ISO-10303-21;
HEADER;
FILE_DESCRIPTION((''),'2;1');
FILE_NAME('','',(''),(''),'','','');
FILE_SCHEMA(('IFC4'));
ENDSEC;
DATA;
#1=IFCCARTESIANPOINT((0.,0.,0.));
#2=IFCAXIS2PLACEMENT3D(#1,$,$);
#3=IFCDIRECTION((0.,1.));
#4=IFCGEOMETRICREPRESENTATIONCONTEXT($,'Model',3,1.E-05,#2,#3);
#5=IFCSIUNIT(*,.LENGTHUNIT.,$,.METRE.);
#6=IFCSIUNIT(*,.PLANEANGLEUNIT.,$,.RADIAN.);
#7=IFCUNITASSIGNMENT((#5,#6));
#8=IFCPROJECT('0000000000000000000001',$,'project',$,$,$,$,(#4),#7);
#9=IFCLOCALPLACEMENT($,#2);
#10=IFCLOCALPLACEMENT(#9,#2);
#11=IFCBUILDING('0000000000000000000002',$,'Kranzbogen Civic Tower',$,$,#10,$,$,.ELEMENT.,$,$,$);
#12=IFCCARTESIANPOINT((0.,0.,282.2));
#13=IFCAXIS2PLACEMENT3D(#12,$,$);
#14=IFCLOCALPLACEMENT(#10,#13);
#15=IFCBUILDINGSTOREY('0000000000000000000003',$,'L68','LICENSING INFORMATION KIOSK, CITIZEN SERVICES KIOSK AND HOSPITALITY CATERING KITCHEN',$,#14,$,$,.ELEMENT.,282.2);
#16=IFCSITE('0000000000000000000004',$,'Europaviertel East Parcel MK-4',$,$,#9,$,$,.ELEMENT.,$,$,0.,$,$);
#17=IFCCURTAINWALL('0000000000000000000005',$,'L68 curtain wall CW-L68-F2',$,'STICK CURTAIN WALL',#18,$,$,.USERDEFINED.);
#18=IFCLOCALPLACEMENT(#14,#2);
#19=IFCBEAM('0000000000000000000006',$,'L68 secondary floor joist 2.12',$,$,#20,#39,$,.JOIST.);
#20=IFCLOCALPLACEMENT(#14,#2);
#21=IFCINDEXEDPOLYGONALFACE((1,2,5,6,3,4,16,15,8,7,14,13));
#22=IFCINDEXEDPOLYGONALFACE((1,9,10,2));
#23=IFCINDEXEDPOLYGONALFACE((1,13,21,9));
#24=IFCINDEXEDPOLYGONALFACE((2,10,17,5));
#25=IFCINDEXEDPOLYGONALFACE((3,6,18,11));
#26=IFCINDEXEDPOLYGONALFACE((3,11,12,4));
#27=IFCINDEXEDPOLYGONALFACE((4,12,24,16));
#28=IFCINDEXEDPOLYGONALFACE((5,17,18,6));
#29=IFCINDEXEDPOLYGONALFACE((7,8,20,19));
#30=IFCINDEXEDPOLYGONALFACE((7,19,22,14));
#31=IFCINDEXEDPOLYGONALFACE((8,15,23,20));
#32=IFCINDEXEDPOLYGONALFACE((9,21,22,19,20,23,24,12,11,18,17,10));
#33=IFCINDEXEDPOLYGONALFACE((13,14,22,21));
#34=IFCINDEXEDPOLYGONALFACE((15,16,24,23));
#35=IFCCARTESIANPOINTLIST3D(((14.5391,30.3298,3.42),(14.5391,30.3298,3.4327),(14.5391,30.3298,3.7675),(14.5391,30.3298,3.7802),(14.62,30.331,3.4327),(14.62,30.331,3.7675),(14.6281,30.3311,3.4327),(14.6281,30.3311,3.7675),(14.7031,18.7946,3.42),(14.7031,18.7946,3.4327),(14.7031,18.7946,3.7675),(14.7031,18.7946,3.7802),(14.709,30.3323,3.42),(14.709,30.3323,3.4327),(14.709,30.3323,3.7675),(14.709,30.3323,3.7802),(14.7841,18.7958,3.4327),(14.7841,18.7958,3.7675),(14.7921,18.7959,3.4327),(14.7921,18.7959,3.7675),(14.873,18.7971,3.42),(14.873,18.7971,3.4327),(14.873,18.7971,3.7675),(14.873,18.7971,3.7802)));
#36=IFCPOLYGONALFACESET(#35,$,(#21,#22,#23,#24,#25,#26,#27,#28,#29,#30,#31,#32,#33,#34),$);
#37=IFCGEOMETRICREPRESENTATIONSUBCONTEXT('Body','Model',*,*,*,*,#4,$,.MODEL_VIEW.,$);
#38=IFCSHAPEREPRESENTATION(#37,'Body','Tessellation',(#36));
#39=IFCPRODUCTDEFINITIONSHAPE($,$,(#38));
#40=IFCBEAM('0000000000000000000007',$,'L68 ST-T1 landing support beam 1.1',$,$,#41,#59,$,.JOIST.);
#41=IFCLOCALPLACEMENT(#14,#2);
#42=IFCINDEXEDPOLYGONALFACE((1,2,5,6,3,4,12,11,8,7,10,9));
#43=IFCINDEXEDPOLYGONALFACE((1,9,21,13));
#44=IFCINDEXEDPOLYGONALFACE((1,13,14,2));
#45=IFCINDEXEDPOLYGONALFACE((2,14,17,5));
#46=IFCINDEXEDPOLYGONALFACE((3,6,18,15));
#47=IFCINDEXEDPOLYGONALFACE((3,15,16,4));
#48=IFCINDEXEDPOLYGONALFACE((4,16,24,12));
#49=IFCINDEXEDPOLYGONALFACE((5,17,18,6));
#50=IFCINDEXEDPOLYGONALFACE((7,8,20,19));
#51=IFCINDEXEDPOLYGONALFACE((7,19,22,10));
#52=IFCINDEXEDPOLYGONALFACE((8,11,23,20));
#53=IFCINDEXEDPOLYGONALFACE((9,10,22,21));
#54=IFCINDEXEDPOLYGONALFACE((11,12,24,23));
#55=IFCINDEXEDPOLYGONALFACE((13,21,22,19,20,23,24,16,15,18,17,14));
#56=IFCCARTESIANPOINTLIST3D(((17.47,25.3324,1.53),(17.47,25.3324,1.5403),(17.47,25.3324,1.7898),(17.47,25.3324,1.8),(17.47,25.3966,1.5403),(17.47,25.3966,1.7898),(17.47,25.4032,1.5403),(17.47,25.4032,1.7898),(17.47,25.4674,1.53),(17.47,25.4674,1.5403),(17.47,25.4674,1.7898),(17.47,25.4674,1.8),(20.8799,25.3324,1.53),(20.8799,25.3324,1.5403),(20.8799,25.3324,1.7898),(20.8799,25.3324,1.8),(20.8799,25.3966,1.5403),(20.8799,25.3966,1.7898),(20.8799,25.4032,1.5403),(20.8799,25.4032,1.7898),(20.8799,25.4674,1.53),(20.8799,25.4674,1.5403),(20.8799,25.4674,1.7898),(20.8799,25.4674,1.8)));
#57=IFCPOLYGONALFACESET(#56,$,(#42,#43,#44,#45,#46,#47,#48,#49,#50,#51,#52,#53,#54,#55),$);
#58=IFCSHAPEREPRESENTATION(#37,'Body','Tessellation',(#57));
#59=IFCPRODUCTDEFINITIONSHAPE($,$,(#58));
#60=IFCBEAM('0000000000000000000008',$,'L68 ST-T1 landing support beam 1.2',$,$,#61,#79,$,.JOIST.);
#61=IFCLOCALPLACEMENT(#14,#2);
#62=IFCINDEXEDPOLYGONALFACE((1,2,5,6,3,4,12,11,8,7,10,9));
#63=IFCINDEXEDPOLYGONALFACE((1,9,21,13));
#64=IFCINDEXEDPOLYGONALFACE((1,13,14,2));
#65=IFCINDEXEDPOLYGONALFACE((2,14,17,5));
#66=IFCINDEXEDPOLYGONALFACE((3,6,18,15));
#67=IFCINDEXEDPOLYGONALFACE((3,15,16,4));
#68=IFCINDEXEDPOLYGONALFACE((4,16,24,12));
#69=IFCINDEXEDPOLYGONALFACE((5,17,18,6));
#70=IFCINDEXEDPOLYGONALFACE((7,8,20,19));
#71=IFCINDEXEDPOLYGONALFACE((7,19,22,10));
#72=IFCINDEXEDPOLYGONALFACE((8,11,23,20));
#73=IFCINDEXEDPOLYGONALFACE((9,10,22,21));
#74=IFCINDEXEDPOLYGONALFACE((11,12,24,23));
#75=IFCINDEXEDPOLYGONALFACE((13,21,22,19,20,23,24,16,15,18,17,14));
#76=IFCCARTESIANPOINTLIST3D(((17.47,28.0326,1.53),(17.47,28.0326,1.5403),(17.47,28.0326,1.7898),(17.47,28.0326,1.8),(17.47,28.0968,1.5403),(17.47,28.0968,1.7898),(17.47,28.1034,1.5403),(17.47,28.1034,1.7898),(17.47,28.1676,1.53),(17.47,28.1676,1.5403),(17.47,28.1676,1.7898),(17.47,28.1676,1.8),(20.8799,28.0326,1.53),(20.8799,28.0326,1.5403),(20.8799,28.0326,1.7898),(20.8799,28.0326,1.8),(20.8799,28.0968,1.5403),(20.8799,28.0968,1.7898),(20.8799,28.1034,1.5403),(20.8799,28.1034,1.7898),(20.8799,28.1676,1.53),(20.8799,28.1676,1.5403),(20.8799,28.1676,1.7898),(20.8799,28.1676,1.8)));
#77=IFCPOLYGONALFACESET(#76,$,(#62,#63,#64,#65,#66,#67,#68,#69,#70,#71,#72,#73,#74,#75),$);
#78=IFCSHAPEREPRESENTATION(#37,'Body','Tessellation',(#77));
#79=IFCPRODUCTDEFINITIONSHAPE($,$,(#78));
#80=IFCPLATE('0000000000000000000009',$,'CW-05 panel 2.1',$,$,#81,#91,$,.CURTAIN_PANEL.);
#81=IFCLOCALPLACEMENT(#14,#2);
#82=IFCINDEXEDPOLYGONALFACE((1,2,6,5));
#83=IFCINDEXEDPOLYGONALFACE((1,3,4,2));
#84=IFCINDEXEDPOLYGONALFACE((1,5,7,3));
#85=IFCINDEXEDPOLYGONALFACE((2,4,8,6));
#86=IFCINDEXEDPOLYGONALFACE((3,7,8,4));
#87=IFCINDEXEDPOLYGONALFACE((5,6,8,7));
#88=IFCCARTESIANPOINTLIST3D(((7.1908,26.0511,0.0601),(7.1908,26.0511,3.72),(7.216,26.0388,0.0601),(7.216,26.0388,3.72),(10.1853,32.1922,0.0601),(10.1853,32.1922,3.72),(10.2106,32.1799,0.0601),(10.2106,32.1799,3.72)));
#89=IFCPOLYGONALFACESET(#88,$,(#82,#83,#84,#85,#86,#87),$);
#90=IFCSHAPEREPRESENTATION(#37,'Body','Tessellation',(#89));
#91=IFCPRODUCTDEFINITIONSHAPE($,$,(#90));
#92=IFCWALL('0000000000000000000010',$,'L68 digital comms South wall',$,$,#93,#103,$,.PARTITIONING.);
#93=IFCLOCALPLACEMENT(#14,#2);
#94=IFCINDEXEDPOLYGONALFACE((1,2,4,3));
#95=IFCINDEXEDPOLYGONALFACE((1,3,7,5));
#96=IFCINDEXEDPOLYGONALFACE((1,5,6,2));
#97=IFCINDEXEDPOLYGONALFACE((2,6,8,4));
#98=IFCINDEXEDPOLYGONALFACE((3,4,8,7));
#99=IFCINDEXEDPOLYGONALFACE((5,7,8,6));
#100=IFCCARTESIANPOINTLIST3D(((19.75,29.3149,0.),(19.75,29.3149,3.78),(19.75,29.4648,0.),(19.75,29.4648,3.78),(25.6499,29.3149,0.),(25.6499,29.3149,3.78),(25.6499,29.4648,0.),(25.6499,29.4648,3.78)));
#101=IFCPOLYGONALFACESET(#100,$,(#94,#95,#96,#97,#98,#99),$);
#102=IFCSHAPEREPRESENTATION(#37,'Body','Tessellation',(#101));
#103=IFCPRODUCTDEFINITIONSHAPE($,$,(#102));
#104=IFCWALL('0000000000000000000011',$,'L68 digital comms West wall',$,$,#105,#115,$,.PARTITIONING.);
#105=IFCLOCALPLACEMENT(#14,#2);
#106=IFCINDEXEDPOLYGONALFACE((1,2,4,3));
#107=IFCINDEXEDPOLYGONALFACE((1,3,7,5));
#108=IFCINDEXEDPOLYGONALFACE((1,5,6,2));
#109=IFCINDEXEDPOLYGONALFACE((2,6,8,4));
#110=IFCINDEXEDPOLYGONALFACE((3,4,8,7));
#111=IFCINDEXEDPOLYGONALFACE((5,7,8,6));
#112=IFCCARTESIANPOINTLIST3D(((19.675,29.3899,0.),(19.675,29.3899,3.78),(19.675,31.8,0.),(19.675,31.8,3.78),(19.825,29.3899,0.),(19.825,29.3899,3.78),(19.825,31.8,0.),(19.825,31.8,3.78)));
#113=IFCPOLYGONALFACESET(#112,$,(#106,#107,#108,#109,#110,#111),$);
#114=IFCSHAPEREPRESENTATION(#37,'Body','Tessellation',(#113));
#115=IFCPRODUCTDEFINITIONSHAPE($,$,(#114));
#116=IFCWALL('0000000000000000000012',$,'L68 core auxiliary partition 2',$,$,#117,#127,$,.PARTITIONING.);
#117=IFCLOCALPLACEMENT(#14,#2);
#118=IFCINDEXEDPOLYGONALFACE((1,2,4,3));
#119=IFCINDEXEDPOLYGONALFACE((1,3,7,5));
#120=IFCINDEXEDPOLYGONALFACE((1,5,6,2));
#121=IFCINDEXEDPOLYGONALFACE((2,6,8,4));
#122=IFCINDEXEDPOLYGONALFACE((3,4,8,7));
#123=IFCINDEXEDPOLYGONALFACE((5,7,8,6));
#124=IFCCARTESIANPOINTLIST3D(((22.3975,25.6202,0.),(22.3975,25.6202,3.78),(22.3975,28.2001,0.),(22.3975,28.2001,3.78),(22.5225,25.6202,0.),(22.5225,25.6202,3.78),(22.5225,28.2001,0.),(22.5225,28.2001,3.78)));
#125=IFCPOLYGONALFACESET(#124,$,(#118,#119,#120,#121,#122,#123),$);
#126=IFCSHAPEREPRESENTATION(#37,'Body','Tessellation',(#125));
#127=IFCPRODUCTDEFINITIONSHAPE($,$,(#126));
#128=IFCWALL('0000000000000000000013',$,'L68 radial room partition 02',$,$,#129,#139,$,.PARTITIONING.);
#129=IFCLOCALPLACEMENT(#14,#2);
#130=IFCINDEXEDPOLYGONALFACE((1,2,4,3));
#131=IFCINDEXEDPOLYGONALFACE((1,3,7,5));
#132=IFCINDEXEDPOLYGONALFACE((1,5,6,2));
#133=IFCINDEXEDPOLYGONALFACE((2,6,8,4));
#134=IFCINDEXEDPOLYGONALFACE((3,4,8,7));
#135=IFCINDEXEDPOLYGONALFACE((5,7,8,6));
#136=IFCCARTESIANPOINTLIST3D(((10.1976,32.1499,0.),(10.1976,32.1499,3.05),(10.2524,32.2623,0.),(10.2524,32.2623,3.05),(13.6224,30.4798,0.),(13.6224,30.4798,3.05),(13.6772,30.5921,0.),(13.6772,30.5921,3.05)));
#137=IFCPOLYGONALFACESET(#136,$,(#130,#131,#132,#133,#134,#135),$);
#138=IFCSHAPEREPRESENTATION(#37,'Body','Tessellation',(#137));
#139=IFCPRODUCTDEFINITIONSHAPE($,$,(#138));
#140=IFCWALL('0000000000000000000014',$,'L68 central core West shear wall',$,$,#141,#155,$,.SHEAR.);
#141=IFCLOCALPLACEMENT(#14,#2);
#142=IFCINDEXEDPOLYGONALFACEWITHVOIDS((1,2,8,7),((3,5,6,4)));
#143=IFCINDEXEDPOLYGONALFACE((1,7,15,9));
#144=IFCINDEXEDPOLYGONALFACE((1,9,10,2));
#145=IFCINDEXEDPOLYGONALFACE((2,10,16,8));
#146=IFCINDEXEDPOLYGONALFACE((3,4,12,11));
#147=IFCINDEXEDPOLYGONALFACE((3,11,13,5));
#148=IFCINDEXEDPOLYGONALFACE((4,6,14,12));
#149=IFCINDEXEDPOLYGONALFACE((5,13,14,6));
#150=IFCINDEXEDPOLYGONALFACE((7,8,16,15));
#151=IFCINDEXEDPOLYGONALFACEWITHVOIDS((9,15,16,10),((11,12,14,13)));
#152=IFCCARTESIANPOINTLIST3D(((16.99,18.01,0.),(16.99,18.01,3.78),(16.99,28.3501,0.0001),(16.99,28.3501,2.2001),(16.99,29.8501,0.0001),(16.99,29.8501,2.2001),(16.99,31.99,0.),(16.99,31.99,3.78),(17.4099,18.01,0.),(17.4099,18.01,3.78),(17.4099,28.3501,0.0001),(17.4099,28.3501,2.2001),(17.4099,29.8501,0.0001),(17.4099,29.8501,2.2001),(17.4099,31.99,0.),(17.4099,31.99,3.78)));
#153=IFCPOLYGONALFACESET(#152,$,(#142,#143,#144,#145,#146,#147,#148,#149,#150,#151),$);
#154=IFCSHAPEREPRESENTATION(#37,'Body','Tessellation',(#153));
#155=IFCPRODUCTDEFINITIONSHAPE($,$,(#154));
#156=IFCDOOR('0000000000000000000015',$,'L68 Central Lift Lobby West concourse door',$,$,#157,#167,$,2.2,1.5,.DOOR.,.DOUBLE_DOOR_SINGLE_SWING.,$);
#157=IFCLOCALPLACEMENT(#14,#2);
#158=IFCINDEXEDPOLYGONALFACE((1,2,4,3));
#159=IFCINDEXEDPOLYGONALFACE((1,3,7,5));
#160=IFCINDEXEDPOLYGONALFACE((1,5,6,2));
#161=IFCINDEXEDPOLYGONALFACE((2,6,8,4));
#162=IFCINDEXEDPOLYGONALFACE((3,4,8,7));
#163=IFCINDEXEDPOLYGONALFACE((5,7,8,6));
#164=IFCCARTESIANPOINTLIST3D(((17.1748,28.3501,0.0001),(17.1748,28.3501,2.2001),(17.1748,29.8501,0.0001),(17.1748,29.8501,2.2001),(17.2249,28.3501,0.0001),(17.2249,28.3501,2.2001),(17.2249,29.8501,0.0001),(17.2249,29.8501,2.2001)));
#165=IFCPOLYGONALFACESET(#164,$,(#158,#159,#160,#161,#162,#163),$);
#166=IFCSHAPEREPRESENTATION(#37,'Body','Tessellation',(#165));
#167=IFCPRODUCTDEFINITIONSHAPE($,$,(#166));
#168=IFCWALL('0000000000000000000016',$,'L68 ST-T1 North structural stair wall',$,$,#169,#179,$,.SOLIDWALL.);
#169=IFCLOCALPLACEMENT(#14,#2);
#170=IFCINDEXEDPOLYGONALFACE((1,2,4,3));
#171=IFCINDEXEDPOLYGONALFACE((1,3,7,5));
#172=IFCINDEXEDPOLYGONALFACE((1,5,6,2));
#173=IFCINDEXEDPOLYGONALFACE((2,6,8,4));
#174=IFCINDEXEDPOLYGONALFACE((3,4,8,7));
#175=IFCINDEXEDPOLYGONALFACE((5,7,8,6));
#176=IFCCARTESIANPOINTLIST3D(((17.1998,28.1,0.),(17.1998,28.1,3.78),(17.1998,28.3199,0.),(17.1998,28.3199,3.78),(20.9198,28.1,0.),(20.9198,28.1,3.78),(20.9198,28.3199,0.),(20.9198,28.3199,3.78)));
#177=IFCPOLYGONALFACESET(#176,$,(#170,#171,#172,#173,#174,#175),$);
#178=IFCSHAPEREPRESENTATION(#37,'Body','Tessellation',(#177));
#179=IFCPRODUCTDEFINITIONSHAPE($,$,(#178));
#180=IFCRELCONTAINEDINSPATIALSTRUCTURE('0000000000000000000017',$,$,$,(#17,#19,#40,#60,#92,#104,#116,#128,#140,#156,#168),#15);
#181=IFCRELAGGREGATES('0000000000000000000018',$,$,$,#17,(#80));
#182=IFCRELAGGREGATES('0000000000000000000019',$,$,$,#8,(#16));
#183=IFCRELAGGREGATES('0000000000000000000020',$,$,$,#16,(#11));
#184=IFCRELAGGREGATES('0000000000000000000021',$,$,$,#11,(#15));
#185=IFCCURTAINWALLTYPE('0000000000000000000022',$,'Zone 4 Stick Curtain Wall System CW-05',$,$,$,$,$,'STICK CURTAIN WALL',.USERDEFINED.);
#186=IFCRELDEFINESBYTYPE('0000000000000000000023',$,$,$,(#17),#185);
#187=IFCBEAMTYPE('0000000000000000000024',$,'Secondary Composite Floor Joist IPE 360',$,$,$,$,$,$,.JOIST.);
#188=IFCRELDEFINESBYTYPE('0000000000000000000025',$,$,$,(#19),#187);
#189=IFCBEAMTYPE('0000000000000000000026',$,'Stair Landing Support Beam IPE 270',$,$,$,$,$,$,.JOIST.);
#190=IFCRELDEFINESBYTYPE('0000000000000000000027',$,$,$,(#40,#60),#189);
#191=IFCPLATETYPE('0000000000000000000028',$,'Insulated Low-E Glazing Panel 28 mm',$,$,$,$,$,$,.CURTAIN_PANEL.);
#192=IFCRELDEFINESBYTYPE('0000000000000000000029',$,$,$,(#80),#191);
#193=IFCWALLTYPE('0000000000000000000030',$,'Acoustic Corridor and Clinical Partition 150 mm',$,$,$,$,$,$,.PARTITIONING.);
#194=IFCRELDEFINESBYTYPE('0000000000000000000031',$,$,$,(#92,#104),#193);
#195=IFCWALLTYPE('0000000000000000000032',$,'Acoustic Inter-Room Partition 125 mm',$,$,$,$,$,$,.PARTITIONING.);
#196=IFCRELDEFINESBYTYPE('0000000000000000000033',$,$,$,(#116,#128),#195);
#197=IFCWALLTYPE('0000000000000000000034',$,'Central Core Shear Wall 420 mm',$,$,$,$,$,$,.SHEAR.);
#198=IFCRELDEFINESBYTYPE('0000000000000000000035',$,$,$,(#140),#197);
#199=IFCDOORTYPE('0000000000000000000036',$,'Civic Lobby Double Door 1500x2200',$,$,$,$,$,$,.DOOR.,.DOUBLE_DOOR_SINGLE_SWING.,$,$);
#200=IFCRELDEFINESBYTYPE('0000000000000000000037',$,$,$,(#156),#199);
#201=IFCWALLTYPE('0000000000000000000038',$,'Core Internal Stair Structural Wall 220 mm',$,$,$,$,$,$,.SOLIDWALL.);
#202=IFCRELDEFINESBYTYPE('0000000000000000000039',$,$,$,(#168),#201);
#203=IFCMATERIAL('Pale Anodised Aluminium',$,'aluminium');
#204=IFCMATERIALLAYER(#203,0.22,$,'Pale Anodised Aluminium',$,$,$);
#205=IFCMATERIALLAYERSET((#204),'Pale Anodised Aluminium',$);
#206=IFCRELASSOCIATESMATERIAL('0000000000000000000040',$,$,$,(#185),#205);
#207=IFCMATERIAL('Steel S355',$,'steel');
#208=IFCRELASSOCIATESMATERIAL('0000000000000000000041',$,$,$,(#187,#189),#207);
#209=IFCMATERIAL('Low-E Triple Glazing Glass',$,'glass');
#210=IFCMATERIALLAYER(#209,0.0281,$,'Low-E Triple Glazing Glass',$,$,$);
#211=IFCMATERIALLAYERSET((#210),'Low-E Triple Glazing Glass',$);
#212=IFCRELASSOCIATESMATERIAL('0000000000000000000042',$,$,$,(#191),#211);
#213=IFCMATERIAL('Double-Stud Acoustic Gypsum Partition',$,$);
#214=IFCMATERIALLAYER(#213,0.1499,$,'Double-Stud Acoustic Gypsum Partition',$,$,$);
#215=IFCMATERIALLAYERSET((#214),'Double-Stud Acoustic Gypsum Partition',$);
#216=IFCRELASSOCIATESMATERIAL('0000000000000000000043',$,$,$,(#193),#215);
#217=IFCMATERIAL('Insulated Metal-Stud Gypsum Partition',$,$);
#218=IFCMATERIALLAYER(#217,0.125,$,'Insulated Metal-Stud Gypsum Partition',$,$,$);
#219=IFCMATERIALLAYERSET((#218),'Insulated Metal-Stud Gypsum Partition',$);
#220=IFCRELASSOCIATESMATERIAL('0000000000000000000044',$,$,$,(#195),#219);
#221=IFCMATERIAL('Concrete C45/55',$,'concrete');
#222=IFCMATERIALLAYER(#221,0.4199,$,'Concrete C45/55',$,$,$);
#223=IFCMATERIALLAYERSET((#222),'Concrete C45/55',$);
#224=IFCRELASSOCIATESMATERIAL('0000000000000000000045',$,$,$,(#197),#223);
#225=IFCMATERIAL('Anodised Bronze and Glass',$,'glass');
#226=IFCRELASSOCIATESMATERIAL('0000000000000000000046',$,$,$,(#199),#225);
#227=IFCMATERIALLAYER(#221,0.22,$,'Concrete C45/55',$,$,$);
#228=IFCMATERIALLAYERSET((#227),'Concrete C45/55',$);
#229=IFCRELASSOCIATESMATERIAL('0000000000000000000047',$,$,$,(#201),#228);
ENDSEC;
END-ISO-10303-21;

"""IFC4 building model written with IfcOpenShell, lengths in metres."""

from ifc_helpers import new_model, si_unit, direction, frame, frame_2d, origin, origin_2d, place, context, subcontext, project, spatial, rectangle, i_section, extrude, material, layer, layer_set, material_profile, profile_set, type_object, element, fill, aggregate, save


model = new_model("IFC4")

# Units and contexts
model_context = context("Model", 3, precision=1e-05, world=origin(), true_north=direction((0.0, 1.0)))
body_context = subcontext(model_context, "Body", "Model", "MODEL_VIEW")
ifc_project = project(units=[si_unit("LENGTHUNIT", "METRE"), si_unit("PLANEANGLEUNIT", "RADIAN")], contexts=[model_context])

# Site, building, storey
site_placement = place(None, origin())
site = spatial("IfcSite", under=ifc_project, at=site_placement, Name="Europaviertel East Parcel MK-4", CompositionType="ELEMENT", RefElevation=0.0)
building_placement = place(site_placement, origin())
building = spatial("IfcBuilding", under=site, at=building_placement, Name="Kranzbogen Civic Tower", CompositionType="ELEMENT")
storey_placement = place(building_placement, frame((0.0, 0.0, 282.2)))
storey = spatial("IfcBuildingStorey", under=building, at=storey_placement, Name="L68", Description="LICENSING INFORMATION KIOSK, CITIZEN SERVICES KIOSK AND HOSPITALITY CATERING KITCHEN", CompositionType="ELEMENT", Elevation=282.2)

# Shared definitions
ifc_material_1 = material(Name="Steel S355", Category="steel")

# Curtain wall
ifc_material_2 = material(Name="Pale Anodised Aluminium", Category="aluminium")
ifc_layer_1 = layer(ifc_material_2, 0.22, Name="Pale Anodised Aluminium")
ifc_layer_set_1 = layer_set([ifc_layer_1], Name="Pale Anodised Aluminium")
curtain_wall_type = type_object("IfcCurtainWallType", Name="Zone 4 Stick Curtain Wall System CW-05", ElementType="STICK CURTAIN WALL", PredefinedType="USERDEFINED", material=ifc_layer_set_1)
curtain_wall_placement = place(storey_placement, origin())
curtain_wall = element("IfcCurtainWall", 1, at=curtain_wall_placement, inside=storey, type_object=curtain_wall_type, Name="L68 curtain wall CW-L68-F2", ObjectType="STICK CURTAIN WALL", PredefinedType="USERDEFINED")

# Beams
ifc_material_profile_1 = material_profile(ifc_material_1, i_section(OverallWidth=0.1699, OverallDepth=0.3601, WebThickness=0.0081, FlangeThickness=0.0127, at=origin_2d()), Name="IPE 360")
ifc_profile_set_1 = profile_set([ifc_material_profile_1], Name="Steel S355")
beam_type_1 = type_object("IfcBeamType", Name="Secondary Composite Floor Joist IPE 360", PredefinedType="JOIST", material=ifc_profile_set_1)
beam_1_placement = place(storey_placement, frame((14.624, 30.3311, 3.6001), z_axis=(0.014221, -0.999899, 0.0), x_axis=(0.999899, 0.014221, 0.0)))
element("IfcBeam", 2, at=beam_1_placement, inside=storey, type_object=beam_type_1, Name="L68 secondary floor joist 2.12", PredefinedType="JOIST", context=body_context, shape_type="SweptSolid", body=[
    extrude(i_section(OverallWidth=0.1699, OverallDepth=0.3601, WebThickness=0.0081, FlangeThickness=0.0127, at=origin_2d()), origin(), (0.0, 0.0, 1.0), 11.5364),
])
ifc_material_profile_2 = material_profile(ifc_material_1, i_section(OverallWidth=0.135, OverallDepth=0.27, WebThickness=0.0066, FlangeThickness=0.0103, at=origin_2d()), Name="IPE 270")
ifc_profile_set_2 = profile_set([ifc_material_profile_2], Name="Steel S355")
beam_type_2 = type_object("IfcBeamType", Name="Stair Landing Support Beam IPE 270", PredefinedType="JOIST", material=ifc_profile_set_2)
for number, where, z_axis, x_axis, name in (
    (3, (20.8799, 25.3999, 1.665), (-1.0, 0.0, 0.0), (0.0, -1.0, 0.0), "L68 ST-T1 landing support beam 1.1"),
    (4, (20.8799, 28.1001, 1.665), (-1.0, 0.0, 0.0), (0.0, -1.0, 0.0), "L68 ST-T1 landing support beam 1.2"),
):
    element("IfcBeam", number, at=place(storey_placement, frame(where, z_axis=z_axis, x_axis=x_axis)), inside=storey, type_object=beam_type_2, Name=name, PredefinedType="JOIST", context=body_context, shape_type="SweptSolid", body=[
        extrude(i_section(OverallWidth=0.135, OverallDepth=0.27, WebThickness=0.0066, FlangeThickness=0.0103, at=origin_2d()), origin(), (0.0, 0.0, 1.0), 3.4099),
    ])

# Plate
ifc_material_3 = material(Name="Low-E Triple Glazing Glass", Category="glass")
ifc_layer_2 = layer(ifc_material_3, 0.0281, Name="Low-E Triple Glazing Glass")
ifc_layer_set_2 = layer_set([ifc_layer_2], Name="Low-E Triple Glazing Glass")
plate_type = type_object("IfcPlateType", Name="Insulated Low-E Glazing Panel 28 mm", PredefinedType="CURTAIN_PANEL", material=ifc_layer_set_2)
plate_placement = place(storey_placement, frame((8.7007, 29.1155, 0.0601), z_axis=(0.0, 0.0, 1.0), x_axis=(-0.438293, -0.898832, 0.0)))
plate = element("IfcPlate", 5, at=plate_placement, type_object=plate_type, Name="CW-05 panel 2.1", PredefinedType="CURTAIN_PANEL", context=body_context, shape_type="SweptSolid", body=[
    extrude(rectangle(XDim=6.8323, YDim=0.0281, at=origin_2d()), origin(), (0.0, 0.0, 1.0), 3.6599),
])
aggregate(curtain_wall, [plate])

# Walls
ifc_material_4 = material(Name="Double-Stud Acoustic Gypsum Partition")
ifc_layer_3 = layer(ifc_material_4, 0.1499, Name="Double-Stud Acoustic Gypsum Partition")
ifc_layer_set_3 = layer_set([ifc_layer_3], Name="Double-Stud Acoustic Gypsum Partition")
wall_type_1 = type_object("IfcWallType", Name="Acoustic Corridor and Clinical Partition 150 mm", PredefinedType="PARTITIONING", material=ifc_layer_set_3)
wall_1_placement = place(storey_placement, frame((19.75, 29.3899, 0.0), z_axis=(0.0, 0.0, 1.0), x_axis=(1.0, 0.0, 0.0)))
element("IfcWall", 6, at=wall_1_placement, inside=storey, type_object=wall_type_1, Name="L68 digital comms South wall", PredefinedType="PARTITIONING", context=body_context, shape_type="SweptSolid", body=[
    extrude(rectangle(XDim=5.8999, YDim=0.1499, at=frame_2d((2.95, 0.0))), origin(), (0.0, 0.0, 1.0), 3.78),
])
wall_2_placement = place(storey_placement, frame((19.75, 29.3899, 0.0), z_axis=(0.0, 0.0, 1.0), x_axis=(0.0, 1.0, 0.0)))
element("IfcWall", 7, at=wall_2_placement, inside=storey, type_object=wall_type_1, Name="L68 digital comms West wall", PredefinedType="PARTITIONING", context=body_context, shape_type="SweptSolid", body=[
    extrude(rectangle(XDim=2.4102, YDim=0.1499, at=frame_2d((1.2051, 0.0))), origin(), (0.0, 0.0, 1.0), 3.78),
])

# Shared definitions
ifc_material_5 = material(Name="Insulated Metal-Stud Gypsum Partition")
ifc_layer_4 = layer(ifc_material_5, 0.125, Name="Insulated Metal-Stud Gypsum Partition")
ifc_layer_set_4 = layer_set([ifc_layer_4], Name="Insulated Metal-Stud Gypsum Partition")
wall_type_2 = type_object("IfcWallType", Name="Acoustic Inter-Room Partition 125 mm", PredefinedType="PARTITIONING", material=ifc_layer_set_4)

# Walls
wall_3_placement = place(storey_placement, frame((22.46, 25.6201, 0.0), z_axis=(0.0, 0.0, 1.0), x_axis=(0.0, 1.0, 0.0)))
element("IfcWall", 8, at=wall_3_placement, inside=storey, type_object=wall_type_2, Name="L68 core auxiliary partition 2", PredefinedType="PARTITIONING", context=body_context, shape_type="SweptSolid", body=[
    extrude(rectangle(XDim=2.5798, YDim=0.125, at=frame_2d((1.29, 0.0))), origin(), (0.0, 0.0, 1.0), 3.78),
])
wall_4_placement = place(storey_placement, frame((13.6499, 30.5359, 0.0), z_axis=(0.0, 0.0, 1.0), x_axis=(-0.898817, 0.438324, 0.0)))
element("IfcWall", 9, at=wall_4_placement, inside=storey, type_object=wall_type_2, Name="L68 radial room partition 02", PredefinedType="PARTITIONING", context=body_context, shape_type="SweptSolid", body=[
    extrude(rectangle(XDim=3.8103, YDim=0.125, at=frame_2d((1.9053, 0.0))), origin(), (0.0, 0.0, 1.0), 3.05),
])

# Wall, opening, door
ifc_material_6 = material(Name="Concrete C45/55", Category="concrete")
ifc_layer_5 = layer(ifc_material_6, 0.4199, Name="Concrete C45/55")
ifc_layer_set_5 = layer_set([ifc_layer_5], Name="Concrete C45/55")
wall_type_3 = type_object("IfcWallType", Name="Central Core Shear Wall 420 mm", PredefinedType="SHEAR", material=ifc_layer_set_5)
wall_5_placement = place(storey_placement, frame((17.2, 31.99, 0.0), z_axis=(0.0, 0.0, 1.0), x_axis=(0.0, -1.0, 0.0)))
wall_5 = element("IfcWall", 10, at=wall_5_placement, inside=storey, type_object=wall_type_3, Name="L68 central core West shear wall", PredefinedType="SHEAR", context=body_context, shape_type="SweptSolid", body=[
    extrude(rectangle(XDim=13.98, YDim=0.4199, at=frame_2d((6.99, 0.0))), origin(), (0.0, 0.0, 1.0), 3.78),
])
opening_1_placement = place(wall_5_placement, frame((2.1399, 0.0, 0.0)))
opening_1 = element("IfcOpeningElement", 11, at=opening_1_placement, cuts=wall_5, PredefinedType="OPENING", context=body_context, shape_type="SweptSolid", body=[
    extrude(rectangle(XDim=1.5, YDim=2.2, at=frame_2d((0.75, 1.1001))), frame((0.0, 0.22, 0.0), z_axis=(0.0, -1.0, 0.0), x_axis=(1.0, 0.0, 0.0)), (0.0, 0.0, 1.0), 0.4399),
])
ifc_material_7 = material(Name="Anodised Bronze and Glass", Category="glass")
door_type_1 = type_object("IfcDoorType", Name="Civic Lobby Double Door 1500x2200", OperationType="DOUBLE_DOOR_SINGLE_SWING", PredefinedType="DOOR", material=ifc_material_7)
door_1_placement = place(opening_1_placement, origin())
door_1 = element("IfcDoor", 12, at=door_1_placement, inside=storey, type_object=door_type_1, Name="L68 Central Lift Lobby West concourse door", OperationType="DOUBLE_DOOR_SINGLE_SWING", OverallHeight=2.2, OverallWidth=1.5, PredefinedType="DOOR", context=body_context, shape_type="SweptSolid", body=[
    extrude(rectangle(XDim=1.5, YDim=2.2, at=frame_2d((0.75, 1.1001))), frame((0.0, 0.0249, 0.0), z_axis=(0.0, -1.0, 0.0), x_axis=(1.0, 0.0, 0.0)), (0.0, 0.0, 1.0), 0.05),
])
fill(opening_1, door_1)

# Wall
ifc_layer_6 = layer(ifc_material_6, 0.22, Name="Concrete C45/55")
ifc_layer_set_6 = layer_set([ifc_layer_6], Name="Concrete C45/55")
wall_type_4 = type_object("IfcWallType", Name="Core Internal Stair Structural Wall 220 mm", PredefinedType="SOLIDWALL", material=ifc_layer_set_6)
wall_6_placement = place(storey_placement, frame((17.2, 28.21, 0.0), z_axis=(0.0, 0.0, 1.0), x_axis=(1.0, 0.0, 0.0)))
element("IfcWall", 13, at=wall_6_placement, inside=storey, type_object=wall_type_4, Name="L68 ST-T1 North structural stair wall", PredefinedType="SOLIDWALL", context=body_context, shape_type="SweptSolid", body=[
    extrude(rectangle(XDim=3.72, YDim=0.22, at=frame_2d((1.8599, 0.0))), origin(), (0.0, 0.0, 1.0), 3.78),
])

save(model, "model.ifc")
